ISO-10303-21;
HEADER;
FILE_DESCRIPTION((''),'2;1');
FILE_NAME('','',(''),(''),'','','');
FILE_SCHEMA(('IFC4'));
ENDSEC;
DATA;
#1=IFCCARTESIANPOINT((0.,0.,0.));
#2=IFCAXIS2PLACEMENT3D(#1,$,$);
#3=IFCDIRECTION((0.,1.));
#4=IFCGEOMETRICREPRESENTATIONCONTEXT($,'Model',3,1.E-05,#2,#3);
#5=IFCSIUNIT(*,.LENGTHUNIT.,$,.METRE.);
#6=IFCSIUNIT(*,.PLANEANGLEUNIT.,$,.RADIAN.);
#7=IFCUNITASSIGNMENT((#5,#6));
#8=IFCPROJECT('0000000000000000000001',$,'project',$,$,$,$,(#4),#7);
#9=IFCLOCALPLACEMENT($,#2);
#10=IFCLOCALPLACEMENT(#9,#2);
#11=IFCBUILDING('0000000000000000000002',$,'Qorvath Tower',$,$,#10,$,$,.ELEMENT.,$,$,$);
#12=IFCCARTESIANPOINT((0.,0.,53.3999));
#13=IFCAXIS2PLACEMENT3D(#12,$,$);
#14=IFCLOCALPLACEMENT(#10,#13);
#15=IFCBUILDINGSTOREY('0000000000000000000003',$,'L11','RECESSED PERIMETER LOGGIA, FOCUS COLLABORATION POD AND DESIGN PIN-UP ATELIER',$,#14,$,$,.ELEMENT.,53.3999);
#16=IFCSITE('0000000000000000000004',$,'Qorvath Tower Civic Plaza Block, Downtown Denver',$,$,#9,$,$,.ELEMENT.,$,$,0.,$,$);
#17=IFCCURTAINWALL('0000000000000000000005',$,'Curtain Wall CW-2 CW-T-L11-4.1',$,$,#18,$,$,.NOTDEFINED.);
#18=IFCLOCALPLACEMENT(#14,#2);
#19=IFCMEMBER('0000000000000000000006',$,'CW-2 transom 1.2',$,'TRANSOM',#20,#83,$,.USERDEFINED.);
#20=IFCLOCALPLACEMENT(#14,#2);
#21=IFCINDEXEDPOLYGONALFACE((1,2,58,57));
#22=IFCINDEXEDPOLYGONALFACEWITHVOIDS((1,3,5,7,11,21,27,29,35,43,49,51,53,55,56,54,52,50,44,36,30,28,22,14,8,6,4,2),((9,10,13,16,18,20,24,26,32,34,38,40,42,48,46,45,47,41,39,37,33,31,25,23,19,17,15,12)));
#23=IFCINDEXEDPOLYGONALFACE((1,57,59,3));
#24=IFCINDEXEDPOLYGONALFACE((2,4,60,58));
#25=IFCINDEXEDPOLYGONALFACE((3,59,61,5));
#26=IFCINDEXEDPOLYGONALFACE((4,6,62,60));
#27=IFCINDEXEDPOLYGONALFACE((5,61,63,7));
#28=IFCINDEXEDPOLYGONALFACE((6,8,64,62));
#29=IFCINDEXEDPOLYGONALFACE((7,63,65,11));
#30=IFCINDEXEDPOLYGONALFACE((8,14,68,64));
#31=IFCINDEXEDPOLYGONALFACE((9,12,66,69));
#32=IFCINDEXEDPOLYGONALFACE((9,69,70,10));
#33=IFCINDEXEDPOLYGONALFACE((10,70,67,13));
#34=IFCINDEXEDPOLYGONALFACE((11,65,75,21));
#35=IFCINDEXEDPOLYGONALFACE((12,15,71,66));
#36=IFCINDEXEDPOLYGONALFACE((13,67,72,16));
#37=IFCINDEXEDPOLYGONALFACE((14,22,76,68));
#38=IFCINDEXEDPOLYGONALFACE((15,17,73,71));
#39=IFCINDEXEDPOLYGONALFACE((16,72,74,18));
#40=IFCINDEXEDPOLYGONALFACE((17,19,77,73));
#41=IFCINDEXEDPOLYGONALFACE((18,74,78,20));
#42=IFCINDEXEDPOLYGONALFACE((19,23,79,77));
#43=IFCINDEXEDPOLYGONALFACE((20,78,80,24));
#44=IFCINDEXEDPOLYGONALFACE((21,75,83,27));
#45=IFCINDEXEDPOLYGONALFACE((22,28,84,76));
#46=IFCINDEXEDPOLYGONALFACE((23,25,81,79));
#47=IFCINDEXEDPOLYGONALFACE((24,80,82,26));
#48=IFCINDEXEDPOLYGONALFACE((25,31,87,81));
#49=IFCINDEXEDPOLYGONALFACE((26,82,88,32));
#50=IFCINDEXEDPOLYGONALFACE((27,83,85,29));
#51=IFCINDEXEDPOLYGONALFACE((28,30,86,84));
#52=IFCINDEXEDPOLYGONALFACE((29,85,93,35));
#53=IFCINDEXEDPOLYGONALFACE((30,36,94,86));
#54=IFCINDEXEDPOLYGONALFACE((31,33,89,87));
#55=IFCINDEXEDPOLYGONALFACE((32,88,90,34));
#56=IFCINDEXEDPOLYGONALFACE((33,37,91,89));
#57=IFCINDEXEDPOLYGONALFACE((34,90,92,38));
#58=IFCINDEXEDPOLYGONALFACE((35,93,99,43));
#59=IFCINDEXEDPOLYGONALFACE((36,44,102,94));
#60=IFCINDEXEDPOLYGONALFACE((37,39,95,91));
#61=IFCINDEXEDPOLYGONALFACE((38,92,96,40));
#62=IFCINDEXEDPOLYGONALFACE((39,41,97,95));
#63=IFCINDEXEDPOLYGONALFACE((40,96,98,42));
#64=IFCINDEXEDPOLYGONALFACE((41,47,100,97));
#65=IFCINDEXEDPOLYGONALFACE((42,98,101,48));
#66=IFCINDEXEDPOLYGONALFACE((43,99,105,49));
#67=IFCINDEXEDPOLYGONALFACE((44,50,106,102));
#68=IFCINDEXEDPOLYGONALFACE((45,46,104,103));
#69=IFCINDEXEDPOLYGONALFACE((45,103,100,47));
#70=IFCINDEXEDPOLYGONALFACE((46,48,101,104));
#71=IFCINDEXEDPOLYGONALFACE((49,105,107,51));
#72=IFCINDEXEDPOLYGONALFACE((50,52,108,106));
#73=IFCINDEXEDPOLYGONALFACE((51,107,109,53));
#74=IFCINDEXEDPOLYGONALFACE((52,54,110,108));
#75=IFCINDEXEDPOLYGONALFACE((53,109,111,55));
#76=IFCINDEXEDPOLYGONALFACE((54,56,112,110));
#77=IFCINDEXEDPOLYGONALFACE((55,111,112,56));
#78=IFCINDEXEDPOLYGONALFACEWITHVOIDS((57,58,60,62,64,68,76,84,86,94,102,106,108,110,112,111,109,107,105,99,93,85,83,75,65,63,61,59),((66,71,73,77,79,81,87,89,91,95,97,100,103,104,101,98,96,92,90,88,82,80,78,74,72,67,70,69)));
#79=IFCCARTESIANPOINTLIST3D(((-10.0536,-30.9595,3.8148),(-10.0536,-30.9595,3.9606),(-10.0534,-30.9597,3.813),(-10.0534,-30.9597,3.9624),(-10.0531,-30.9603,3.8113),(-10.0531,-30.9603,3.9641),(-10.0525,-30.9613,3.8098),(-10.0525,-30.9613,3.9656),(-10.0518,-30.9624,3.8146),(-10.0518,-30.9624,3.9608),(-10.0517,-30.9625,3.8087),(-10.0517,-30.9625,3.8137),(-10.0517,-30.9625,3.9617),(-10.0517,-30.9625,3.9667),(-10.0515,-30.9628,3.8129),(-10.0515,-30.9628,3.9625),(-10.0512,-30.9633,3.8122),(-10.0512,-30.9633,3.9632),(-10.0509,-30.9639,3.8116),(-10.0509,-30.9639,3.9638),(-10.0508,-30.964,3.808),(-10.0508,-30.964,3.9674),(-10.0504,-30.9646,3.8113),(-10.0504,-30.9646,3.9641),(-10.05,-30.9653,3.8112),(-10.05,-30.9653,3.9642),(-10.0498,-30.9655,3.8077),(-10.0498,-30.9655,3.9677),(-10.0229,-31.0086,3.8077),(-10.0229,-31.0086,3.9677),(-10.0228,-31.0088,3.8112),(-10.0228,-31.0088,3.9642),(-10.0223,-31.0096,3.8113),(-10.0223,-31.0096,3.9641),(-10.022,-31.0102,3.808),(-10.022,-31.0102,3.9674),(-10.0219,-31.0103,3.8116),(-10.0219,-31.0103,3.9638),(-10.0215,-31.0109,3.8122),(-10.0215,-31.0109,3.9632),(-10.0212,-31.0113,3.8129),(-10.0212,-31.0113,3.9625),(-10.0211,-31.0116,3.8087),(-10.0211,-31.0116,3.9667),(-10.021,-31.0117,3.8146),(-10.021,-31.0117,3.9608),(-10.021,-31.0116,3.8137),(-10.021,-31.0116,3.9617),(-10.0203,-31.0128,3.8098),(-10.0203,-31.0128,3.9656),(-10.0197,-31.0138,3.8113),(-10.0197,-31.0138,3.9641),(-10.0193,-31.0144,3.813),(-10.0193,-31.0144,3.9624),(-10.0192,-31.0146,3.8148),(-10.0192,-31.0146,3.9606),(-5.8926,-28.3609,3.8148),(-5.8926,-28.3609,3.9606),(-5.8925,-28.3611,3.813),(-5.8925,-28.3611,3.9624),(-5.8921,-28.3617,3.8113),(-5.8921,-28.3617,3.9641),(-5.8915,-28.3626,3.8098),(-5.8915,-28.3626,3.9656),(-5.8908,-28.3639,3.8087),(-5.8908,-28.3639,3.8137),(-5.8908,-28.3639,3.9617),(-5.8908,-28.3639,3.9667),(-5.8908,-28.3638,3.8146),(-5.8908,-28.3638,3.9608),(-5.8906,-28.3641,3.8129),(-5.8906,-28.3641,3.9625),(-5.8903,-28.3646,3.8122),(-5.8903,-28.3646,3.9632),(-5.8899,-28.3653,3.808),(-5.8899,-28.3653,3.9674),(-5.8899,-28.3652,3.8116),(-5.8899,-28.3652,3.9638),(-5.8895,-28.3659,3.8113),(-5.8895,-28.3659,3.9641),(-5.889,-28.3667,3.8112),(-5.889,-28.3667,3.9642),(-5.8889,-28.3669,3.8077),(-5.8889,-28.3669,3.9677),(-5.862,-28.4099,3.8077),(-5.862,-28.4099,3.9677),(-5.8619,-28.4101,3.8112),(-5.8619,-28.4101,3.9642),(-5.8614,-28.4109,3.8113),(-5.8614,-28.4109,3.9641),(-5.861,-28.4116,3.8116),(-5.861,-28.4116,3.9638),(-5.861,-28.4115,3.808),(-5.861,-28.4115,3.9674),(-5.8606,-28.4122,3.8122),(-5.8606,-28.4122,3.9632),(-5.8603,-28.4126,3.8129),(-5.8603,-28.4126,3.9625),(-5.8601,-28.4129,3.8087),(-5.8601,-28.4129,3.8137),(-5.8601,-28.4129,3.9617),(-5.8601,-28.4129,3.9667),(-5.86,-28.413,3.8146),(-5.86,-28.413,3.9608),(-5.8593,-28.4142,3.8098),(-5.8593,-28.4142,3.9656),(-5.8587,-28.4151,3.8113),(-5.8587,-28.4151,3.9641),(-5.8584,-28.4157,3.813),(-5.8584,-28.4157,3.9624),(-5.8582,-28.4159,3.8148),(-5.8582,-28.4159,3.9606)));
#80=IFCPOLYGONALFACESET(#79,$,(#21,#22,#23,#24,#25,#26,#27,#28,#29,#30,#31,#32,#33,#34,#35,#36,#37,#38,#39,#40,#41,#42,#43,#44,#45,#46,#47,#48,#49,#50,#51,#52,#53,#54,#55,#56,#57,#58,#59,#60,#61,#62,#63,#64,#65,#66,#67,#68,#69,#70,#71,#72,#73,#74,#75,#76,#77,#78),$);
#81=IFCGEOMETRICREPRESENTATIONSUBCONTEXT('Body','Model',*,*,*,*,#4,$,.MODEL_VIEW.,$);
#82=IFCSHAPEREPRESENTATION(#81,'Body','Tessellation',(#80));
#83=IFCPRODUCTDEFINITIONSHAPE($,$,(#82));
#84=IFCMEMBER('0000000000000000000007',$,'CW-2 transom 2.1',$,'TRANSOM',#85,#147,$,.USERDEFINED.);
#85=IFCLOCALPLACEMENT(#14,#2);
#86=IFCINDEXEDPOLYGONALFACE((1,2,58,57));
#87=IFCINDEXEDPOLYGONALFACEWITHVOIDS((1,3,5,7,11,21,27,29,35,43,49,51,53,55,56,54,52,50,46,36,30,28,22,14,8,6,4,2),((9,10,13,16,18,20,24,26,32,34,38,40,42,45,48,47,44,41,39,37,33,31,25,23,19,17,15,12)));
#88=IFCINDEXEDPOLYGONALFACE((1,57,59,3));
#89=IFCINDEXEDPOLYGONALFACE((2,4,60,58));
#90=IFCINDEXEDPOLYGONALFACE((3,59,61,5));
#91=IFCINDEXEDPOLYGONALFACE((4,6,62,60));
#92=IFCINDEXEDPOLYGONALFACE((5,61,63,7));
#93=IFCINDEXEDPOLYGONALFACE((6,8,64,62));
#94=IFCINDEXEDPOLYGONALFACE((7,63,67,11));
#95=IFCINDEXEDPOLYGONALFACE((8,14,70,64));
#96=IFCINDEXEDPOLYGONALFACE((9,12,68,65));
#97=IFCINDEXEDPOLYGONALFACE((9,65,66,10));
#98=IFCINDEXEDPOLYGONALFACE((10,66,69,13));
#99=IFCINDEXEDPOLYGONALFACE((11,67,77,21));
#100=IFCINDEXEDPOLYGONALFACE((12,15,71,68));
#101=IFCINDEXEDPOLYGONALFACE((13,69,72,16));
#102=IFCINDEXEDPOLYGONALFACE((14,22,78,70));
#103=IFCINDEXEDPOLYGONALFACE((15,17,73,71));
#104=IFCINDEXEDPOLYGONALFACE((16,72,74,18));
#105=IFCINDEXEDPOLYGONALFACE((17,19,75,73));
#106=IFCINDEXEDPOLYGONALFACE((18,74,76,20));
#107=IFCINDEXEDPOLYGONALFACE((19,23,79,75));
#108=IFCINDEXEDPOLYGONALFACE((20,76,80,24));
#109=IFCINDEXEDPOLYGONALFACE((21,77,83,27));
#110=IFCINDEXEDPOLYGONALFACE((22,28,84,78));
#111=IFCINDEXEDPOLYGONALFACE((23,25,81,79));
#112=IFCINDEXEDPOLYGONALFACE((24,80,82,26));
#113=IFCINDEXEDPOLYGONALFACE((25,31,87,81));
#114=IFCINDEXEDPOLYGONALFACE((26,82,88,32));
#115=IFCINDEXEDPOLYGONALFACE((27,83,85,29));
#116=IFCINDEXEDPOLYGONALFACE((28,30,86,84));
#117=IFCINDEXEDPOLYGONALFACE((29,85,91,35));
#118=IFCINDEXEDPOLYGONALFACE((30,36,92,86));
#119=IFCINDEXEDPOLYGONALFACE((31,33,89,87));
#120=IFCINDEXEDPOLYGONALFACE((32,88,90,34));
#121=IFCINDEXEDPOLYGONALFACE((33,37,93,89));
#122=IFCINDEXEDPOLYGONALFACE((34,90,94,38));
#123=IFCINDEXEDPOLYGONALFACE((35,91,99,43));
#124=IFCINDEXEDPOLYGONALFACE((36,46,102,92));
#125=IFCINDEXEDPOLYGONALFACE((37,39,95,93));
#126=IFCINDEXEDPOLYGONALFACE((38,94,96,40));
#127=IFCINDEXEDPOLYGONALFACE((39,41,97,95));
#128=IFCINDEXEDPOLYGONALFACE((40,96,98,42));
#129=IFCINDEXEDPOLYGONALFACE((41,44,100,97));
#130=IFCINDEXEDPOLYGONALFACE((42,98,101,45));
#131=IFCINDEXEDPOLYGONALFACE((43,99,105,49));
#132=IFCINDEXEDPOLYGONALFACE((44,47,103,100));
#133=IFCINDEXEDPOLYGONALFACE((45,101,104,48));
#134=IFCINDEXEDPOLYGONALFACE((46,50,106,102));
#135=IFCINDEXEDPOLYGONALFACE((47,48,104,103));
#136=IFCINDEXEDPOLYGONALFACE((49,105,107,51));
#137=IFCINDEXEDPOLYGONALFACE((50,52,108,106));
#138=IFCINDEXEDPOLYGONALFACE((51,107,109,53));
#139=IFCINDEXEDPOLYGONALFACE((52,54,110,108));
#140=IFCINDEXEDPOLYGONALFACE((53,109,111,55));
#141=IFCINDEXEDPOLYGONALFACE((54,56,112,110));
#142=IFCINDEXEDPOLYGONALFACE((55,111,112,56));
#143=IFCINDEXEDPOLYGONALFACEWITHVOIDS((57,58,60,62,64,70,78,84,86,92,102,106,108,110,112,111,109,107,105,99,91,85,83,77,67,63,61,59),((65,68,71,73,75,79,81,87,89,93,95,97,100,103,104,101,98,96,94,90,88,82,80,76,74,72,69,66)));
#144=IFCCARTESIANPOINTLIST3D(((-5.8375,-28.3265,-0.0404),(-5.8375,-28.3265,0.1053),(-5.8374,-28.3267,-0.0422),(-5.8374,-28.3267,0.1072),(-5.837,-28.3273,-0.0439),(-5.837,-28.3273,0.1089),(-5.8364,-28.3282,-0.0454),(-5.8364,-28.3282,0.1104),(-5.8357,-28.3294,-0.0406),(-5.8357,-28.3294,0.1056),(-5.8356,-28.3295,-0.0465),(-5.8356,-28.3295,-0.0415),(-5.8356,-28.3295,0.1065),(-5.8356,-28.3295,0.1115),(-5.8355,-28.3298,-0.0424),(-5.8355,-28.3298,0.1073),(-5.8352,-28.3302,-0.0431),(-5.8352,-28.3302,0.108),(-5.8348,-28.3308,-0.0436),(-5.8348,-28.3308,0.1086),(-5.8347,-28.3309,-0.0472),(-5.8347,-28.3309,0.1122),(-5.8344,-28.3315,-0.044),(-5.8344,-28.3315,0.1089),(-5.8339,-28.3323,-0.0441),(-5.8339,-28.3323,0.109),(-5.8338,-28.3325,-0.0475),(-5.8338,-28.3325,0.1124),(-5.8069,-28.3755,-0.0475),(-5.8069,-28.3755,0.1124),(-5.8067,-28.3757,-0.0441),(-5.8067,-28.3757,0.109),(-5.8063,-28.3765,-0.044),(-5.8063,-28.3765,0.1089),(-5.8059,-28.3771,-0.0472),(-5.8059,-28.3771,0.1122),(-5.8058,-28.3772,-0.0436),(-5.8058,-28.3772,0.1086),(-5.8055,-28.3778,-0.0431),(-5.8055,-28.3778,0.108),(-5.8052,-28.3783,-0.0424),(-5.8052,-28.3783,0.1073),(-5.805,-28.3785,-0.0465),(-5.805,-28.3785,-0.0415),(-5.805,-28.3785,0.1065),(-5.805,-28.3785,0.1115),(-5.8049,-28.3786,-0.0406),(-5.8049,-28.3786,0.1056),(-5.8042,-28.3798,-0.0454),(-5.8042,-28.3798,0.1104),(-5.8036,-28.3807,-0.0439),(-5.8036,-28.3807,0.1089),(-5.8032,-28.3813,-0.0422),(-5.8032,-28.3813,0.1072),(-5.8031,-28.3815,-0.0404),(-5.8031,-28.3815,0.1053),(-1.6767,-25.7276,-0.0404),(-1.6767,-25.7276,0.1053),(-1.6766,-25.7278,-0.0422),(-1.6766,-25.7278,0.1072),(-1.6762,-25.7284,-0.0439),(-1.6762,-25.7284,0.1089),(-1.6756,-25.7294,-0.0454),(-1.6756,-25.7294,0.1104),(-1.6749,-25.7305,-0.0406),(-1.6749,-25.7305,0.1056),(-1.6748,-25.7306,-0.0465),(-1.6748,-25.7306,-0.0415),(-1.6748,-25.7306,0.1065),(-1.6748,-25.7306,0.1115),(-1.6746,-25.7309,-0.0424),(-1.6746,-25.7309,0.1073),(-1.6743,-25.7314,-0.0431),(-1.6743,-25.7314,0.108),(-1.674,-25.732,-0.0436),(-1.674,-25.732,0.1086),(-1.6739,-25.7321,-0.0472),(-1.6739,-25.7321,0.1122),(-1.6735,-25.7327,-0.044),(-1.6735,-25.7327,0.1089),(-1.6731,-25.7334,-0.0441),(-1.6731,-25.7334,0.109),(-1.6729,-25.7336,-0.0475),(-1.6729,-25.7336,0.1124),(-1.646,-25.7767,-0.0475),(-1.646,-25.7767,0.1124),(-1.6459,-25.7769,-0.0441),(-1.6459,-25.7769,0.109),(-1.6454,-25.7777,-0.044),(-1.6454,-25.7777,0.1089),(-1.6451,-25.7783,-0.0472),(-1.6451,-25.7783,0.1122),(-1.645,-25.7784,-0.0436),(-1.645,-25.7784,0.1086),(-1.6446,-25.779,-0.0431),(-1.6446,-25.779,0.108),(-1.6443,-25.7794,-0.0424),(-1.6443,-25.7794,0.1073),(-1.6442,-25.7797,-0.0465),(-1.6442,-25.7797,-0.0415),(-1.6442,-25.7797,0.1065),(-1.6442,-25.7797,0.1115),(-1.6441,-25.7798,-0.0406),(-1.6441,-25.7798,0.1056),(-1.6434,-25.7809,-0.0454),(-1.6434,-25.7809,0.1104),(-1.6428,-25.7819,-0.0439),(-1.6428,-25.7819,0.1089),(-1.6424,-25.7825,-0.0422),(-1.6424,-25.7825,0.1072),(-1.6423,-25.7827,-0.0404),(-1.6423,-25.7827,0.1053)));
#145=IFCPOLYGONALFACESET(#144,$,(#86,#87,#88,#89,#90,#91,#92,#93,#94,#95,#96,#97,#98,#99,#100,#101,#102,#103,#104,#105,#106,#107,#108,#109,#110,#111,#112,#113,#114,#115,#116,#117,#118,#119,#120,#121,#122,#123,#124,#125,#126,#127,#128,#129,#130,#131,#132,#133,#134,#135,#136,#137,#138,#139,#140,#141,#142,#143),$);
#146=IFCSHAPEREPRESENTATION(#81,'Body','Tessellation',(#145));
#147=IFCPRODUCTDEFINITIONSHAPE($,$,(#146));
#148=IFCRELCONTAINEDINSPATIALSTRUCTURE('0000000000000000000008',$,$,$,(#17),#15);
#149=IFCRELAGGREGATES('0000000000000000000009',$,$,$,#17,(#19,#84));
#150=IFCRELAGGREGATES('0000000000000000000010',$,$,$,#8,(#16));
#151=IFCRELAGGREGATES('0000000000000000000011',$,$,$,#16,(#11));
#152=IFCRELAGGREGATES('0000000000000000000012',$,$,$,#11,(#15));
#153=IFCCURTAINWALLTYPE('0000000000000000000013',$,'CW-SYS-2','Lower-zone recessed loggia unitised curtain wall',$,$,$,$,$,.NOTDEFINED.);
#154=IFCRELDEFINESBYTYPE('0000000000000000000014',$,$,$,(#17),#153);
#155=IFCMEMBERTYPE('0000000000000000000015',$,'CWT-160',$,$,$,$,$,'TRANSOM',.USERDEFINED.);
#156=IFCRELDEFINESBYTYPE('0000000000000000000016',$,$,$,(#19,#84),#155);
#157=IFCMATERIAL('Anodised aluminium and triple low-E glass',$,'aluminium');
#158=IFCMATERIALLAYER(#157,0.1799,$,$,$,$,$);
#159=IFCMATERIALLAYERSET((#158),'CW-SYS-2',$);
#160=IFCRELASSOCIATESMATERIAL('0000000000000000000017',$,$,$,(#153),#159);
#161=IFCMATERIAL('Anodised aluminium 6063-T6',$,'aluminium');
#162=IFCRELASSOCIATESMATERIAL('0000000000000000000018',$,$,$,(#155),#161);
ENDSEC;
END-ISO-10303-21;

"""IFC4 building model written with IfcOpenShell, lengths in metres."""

from ifc_helpers import new_model, si_unit, direction, frame, origin, origin_2d, place, context, subcontext, project, spatial, hollow_rectangle, extrude, material, layer, layer_set, material_profile, profile_set, type_object, element, aggregate, save


model = new_model("IFC4")

# Units and contexts
model_context = context("Model", 3, precision=1e-05, world=origin(), true_north=direction((0.0, 1.0)))
body_context = subcontext(model_context, "Body", "Model", "MODEL_VIEW")
ifc_project = project(units=[si_unit("LENGTHUNIT", "METRE"), si_unit("PLANEANGLEUNIT", "RADIAN")], contexts=[model_context])

# Site, building, storey
site_placement = place(None, origin())
site = spatial("IfcSite", under=ifc_project, at=site_placement, Name="Qorvath Tower Civic Plaza Block, Downtown Denver", CompositionType="ELEMENT", RefElevation=0.0)
building_placement = place(site_placement, origin())
building = spatial("IfcBuilding", under=site, at=building_placement, Name="Qorvath Tower", CompositionType="ELEMENT")
storey_placement = place(building_placement, frame((0.0, 0.0, 53.3999)))
storey = spatial("IfcBuildingStorey", under=building, at=storey_placement, Name="L11", Description="RECESSED PERIMETER LOGGIA, FOCUS COLLABORATION POD AND DESIGN PIN-UP ATELIER", CompositionType="ELEMENT", Elevation=53.3999)

# Curtain wall
ifc_material_1 = material(Name="Anodised aluminium and triple low-E glass", Category="aluminium")
ifc_layer_1 = layer(ifc_material_1, 0.1799)
ifc_layer_set_1 = layer_set([ifc_layer_1], Name="CW-SYS-2")
curtain_wall_type = type_object("IfcCurtainWallType", Name="CW-SYS-2", Description="Lower-zone recessed loggia unitised curtain wall", PredefinedType="NOTDEFINED", material=ifc_layer_set_1)
curtain_wall_1_placement = place(storey_placement, origin())
curtain_wall_1 = element("IfcCurtainWall", 1, at=curtain_wall_1_placement, inside=storey, type_object=curtain_wall_type, Name="Curtain Wall CW-2 CW-T-L11-4.1", PredefinedType="NOTDEFINED")

# Members
ifc_material_2 = material(Name="Anodised aluminium 6063-T6", Category="aluminium")
ifc_material_profile_1 = material_profile(ifc_material_2, hollow_rectangle(XDim=0.0649, YDim=0.1599, WallThickness=0.0034, InnerFilletRadius=0.0034, OuterFilletRadius=0.0071, at=origin_2d()), Name="CWT 160x65")
ifc_profile_set_1 = profile_set([ifc_material_profile_1], Name="Anodised aluminium 6063-T6")
member_type_1 = type_object("IfcMemberType", Name="CWT-160", ElementType="TRANSOM", PredefinedType="USERDEFINED", material=ifc_profile_set_1)
member_1_placement = place(storey_placement, frame((-10.0364, -30.9871, 3.8877), z_axis=(0.848174, 0.529717, 0.0), x_axis=(-0.529717, 0.848174, 0.0)))
member_1 = element("IfcMember", 2, at=member_1_placement, type_object=member_type_1, Name="CW-2 transom 1.2", ObjectType="TRANSOM", PredefinedType="USERDEFINED", context=body_context, shape_type="SweptSolid", body=[
    extrude(hollow_rectangle(XDim=0.0649, YDim=0.1599, WallThickness=0.0034, InnerFilletRadius=0.0034, OuterFilletRadius=0.0071, at=origin_2d()), origin(), (0.0, 0.0, 1.0), 4.9058),
])
member_2_placement = place(storey_placement, frame((-5.8203, -28.354, 0.0325), z_axis=(0.848152, 0.529753, 0.0), x_axis=(-0.529753, 0.848152, 0.0)))
member_2 = element("IfcMember", 3, at=member_2_placement, type_object=member_type_1, Name="CW-2 transom 2.1", ObjectType="TRANSOM", PredefinedType="USERDEFINED", context=body_context, shape_type="SweptSolid", body=[
    extrude(hollow_rectangle(XDim=0.0649, YDim=0.1599, WallThickness=0.0034, InnerFilletRadius=0.0034, OuterFilletRadius=0.0071, at=origin_2d()), origin(), (0.0, 0.0, 1.0), 4.9058),
])

aggregate(curtain_wall_1, [member_1, member_2])

save(model, "model.ifc")
